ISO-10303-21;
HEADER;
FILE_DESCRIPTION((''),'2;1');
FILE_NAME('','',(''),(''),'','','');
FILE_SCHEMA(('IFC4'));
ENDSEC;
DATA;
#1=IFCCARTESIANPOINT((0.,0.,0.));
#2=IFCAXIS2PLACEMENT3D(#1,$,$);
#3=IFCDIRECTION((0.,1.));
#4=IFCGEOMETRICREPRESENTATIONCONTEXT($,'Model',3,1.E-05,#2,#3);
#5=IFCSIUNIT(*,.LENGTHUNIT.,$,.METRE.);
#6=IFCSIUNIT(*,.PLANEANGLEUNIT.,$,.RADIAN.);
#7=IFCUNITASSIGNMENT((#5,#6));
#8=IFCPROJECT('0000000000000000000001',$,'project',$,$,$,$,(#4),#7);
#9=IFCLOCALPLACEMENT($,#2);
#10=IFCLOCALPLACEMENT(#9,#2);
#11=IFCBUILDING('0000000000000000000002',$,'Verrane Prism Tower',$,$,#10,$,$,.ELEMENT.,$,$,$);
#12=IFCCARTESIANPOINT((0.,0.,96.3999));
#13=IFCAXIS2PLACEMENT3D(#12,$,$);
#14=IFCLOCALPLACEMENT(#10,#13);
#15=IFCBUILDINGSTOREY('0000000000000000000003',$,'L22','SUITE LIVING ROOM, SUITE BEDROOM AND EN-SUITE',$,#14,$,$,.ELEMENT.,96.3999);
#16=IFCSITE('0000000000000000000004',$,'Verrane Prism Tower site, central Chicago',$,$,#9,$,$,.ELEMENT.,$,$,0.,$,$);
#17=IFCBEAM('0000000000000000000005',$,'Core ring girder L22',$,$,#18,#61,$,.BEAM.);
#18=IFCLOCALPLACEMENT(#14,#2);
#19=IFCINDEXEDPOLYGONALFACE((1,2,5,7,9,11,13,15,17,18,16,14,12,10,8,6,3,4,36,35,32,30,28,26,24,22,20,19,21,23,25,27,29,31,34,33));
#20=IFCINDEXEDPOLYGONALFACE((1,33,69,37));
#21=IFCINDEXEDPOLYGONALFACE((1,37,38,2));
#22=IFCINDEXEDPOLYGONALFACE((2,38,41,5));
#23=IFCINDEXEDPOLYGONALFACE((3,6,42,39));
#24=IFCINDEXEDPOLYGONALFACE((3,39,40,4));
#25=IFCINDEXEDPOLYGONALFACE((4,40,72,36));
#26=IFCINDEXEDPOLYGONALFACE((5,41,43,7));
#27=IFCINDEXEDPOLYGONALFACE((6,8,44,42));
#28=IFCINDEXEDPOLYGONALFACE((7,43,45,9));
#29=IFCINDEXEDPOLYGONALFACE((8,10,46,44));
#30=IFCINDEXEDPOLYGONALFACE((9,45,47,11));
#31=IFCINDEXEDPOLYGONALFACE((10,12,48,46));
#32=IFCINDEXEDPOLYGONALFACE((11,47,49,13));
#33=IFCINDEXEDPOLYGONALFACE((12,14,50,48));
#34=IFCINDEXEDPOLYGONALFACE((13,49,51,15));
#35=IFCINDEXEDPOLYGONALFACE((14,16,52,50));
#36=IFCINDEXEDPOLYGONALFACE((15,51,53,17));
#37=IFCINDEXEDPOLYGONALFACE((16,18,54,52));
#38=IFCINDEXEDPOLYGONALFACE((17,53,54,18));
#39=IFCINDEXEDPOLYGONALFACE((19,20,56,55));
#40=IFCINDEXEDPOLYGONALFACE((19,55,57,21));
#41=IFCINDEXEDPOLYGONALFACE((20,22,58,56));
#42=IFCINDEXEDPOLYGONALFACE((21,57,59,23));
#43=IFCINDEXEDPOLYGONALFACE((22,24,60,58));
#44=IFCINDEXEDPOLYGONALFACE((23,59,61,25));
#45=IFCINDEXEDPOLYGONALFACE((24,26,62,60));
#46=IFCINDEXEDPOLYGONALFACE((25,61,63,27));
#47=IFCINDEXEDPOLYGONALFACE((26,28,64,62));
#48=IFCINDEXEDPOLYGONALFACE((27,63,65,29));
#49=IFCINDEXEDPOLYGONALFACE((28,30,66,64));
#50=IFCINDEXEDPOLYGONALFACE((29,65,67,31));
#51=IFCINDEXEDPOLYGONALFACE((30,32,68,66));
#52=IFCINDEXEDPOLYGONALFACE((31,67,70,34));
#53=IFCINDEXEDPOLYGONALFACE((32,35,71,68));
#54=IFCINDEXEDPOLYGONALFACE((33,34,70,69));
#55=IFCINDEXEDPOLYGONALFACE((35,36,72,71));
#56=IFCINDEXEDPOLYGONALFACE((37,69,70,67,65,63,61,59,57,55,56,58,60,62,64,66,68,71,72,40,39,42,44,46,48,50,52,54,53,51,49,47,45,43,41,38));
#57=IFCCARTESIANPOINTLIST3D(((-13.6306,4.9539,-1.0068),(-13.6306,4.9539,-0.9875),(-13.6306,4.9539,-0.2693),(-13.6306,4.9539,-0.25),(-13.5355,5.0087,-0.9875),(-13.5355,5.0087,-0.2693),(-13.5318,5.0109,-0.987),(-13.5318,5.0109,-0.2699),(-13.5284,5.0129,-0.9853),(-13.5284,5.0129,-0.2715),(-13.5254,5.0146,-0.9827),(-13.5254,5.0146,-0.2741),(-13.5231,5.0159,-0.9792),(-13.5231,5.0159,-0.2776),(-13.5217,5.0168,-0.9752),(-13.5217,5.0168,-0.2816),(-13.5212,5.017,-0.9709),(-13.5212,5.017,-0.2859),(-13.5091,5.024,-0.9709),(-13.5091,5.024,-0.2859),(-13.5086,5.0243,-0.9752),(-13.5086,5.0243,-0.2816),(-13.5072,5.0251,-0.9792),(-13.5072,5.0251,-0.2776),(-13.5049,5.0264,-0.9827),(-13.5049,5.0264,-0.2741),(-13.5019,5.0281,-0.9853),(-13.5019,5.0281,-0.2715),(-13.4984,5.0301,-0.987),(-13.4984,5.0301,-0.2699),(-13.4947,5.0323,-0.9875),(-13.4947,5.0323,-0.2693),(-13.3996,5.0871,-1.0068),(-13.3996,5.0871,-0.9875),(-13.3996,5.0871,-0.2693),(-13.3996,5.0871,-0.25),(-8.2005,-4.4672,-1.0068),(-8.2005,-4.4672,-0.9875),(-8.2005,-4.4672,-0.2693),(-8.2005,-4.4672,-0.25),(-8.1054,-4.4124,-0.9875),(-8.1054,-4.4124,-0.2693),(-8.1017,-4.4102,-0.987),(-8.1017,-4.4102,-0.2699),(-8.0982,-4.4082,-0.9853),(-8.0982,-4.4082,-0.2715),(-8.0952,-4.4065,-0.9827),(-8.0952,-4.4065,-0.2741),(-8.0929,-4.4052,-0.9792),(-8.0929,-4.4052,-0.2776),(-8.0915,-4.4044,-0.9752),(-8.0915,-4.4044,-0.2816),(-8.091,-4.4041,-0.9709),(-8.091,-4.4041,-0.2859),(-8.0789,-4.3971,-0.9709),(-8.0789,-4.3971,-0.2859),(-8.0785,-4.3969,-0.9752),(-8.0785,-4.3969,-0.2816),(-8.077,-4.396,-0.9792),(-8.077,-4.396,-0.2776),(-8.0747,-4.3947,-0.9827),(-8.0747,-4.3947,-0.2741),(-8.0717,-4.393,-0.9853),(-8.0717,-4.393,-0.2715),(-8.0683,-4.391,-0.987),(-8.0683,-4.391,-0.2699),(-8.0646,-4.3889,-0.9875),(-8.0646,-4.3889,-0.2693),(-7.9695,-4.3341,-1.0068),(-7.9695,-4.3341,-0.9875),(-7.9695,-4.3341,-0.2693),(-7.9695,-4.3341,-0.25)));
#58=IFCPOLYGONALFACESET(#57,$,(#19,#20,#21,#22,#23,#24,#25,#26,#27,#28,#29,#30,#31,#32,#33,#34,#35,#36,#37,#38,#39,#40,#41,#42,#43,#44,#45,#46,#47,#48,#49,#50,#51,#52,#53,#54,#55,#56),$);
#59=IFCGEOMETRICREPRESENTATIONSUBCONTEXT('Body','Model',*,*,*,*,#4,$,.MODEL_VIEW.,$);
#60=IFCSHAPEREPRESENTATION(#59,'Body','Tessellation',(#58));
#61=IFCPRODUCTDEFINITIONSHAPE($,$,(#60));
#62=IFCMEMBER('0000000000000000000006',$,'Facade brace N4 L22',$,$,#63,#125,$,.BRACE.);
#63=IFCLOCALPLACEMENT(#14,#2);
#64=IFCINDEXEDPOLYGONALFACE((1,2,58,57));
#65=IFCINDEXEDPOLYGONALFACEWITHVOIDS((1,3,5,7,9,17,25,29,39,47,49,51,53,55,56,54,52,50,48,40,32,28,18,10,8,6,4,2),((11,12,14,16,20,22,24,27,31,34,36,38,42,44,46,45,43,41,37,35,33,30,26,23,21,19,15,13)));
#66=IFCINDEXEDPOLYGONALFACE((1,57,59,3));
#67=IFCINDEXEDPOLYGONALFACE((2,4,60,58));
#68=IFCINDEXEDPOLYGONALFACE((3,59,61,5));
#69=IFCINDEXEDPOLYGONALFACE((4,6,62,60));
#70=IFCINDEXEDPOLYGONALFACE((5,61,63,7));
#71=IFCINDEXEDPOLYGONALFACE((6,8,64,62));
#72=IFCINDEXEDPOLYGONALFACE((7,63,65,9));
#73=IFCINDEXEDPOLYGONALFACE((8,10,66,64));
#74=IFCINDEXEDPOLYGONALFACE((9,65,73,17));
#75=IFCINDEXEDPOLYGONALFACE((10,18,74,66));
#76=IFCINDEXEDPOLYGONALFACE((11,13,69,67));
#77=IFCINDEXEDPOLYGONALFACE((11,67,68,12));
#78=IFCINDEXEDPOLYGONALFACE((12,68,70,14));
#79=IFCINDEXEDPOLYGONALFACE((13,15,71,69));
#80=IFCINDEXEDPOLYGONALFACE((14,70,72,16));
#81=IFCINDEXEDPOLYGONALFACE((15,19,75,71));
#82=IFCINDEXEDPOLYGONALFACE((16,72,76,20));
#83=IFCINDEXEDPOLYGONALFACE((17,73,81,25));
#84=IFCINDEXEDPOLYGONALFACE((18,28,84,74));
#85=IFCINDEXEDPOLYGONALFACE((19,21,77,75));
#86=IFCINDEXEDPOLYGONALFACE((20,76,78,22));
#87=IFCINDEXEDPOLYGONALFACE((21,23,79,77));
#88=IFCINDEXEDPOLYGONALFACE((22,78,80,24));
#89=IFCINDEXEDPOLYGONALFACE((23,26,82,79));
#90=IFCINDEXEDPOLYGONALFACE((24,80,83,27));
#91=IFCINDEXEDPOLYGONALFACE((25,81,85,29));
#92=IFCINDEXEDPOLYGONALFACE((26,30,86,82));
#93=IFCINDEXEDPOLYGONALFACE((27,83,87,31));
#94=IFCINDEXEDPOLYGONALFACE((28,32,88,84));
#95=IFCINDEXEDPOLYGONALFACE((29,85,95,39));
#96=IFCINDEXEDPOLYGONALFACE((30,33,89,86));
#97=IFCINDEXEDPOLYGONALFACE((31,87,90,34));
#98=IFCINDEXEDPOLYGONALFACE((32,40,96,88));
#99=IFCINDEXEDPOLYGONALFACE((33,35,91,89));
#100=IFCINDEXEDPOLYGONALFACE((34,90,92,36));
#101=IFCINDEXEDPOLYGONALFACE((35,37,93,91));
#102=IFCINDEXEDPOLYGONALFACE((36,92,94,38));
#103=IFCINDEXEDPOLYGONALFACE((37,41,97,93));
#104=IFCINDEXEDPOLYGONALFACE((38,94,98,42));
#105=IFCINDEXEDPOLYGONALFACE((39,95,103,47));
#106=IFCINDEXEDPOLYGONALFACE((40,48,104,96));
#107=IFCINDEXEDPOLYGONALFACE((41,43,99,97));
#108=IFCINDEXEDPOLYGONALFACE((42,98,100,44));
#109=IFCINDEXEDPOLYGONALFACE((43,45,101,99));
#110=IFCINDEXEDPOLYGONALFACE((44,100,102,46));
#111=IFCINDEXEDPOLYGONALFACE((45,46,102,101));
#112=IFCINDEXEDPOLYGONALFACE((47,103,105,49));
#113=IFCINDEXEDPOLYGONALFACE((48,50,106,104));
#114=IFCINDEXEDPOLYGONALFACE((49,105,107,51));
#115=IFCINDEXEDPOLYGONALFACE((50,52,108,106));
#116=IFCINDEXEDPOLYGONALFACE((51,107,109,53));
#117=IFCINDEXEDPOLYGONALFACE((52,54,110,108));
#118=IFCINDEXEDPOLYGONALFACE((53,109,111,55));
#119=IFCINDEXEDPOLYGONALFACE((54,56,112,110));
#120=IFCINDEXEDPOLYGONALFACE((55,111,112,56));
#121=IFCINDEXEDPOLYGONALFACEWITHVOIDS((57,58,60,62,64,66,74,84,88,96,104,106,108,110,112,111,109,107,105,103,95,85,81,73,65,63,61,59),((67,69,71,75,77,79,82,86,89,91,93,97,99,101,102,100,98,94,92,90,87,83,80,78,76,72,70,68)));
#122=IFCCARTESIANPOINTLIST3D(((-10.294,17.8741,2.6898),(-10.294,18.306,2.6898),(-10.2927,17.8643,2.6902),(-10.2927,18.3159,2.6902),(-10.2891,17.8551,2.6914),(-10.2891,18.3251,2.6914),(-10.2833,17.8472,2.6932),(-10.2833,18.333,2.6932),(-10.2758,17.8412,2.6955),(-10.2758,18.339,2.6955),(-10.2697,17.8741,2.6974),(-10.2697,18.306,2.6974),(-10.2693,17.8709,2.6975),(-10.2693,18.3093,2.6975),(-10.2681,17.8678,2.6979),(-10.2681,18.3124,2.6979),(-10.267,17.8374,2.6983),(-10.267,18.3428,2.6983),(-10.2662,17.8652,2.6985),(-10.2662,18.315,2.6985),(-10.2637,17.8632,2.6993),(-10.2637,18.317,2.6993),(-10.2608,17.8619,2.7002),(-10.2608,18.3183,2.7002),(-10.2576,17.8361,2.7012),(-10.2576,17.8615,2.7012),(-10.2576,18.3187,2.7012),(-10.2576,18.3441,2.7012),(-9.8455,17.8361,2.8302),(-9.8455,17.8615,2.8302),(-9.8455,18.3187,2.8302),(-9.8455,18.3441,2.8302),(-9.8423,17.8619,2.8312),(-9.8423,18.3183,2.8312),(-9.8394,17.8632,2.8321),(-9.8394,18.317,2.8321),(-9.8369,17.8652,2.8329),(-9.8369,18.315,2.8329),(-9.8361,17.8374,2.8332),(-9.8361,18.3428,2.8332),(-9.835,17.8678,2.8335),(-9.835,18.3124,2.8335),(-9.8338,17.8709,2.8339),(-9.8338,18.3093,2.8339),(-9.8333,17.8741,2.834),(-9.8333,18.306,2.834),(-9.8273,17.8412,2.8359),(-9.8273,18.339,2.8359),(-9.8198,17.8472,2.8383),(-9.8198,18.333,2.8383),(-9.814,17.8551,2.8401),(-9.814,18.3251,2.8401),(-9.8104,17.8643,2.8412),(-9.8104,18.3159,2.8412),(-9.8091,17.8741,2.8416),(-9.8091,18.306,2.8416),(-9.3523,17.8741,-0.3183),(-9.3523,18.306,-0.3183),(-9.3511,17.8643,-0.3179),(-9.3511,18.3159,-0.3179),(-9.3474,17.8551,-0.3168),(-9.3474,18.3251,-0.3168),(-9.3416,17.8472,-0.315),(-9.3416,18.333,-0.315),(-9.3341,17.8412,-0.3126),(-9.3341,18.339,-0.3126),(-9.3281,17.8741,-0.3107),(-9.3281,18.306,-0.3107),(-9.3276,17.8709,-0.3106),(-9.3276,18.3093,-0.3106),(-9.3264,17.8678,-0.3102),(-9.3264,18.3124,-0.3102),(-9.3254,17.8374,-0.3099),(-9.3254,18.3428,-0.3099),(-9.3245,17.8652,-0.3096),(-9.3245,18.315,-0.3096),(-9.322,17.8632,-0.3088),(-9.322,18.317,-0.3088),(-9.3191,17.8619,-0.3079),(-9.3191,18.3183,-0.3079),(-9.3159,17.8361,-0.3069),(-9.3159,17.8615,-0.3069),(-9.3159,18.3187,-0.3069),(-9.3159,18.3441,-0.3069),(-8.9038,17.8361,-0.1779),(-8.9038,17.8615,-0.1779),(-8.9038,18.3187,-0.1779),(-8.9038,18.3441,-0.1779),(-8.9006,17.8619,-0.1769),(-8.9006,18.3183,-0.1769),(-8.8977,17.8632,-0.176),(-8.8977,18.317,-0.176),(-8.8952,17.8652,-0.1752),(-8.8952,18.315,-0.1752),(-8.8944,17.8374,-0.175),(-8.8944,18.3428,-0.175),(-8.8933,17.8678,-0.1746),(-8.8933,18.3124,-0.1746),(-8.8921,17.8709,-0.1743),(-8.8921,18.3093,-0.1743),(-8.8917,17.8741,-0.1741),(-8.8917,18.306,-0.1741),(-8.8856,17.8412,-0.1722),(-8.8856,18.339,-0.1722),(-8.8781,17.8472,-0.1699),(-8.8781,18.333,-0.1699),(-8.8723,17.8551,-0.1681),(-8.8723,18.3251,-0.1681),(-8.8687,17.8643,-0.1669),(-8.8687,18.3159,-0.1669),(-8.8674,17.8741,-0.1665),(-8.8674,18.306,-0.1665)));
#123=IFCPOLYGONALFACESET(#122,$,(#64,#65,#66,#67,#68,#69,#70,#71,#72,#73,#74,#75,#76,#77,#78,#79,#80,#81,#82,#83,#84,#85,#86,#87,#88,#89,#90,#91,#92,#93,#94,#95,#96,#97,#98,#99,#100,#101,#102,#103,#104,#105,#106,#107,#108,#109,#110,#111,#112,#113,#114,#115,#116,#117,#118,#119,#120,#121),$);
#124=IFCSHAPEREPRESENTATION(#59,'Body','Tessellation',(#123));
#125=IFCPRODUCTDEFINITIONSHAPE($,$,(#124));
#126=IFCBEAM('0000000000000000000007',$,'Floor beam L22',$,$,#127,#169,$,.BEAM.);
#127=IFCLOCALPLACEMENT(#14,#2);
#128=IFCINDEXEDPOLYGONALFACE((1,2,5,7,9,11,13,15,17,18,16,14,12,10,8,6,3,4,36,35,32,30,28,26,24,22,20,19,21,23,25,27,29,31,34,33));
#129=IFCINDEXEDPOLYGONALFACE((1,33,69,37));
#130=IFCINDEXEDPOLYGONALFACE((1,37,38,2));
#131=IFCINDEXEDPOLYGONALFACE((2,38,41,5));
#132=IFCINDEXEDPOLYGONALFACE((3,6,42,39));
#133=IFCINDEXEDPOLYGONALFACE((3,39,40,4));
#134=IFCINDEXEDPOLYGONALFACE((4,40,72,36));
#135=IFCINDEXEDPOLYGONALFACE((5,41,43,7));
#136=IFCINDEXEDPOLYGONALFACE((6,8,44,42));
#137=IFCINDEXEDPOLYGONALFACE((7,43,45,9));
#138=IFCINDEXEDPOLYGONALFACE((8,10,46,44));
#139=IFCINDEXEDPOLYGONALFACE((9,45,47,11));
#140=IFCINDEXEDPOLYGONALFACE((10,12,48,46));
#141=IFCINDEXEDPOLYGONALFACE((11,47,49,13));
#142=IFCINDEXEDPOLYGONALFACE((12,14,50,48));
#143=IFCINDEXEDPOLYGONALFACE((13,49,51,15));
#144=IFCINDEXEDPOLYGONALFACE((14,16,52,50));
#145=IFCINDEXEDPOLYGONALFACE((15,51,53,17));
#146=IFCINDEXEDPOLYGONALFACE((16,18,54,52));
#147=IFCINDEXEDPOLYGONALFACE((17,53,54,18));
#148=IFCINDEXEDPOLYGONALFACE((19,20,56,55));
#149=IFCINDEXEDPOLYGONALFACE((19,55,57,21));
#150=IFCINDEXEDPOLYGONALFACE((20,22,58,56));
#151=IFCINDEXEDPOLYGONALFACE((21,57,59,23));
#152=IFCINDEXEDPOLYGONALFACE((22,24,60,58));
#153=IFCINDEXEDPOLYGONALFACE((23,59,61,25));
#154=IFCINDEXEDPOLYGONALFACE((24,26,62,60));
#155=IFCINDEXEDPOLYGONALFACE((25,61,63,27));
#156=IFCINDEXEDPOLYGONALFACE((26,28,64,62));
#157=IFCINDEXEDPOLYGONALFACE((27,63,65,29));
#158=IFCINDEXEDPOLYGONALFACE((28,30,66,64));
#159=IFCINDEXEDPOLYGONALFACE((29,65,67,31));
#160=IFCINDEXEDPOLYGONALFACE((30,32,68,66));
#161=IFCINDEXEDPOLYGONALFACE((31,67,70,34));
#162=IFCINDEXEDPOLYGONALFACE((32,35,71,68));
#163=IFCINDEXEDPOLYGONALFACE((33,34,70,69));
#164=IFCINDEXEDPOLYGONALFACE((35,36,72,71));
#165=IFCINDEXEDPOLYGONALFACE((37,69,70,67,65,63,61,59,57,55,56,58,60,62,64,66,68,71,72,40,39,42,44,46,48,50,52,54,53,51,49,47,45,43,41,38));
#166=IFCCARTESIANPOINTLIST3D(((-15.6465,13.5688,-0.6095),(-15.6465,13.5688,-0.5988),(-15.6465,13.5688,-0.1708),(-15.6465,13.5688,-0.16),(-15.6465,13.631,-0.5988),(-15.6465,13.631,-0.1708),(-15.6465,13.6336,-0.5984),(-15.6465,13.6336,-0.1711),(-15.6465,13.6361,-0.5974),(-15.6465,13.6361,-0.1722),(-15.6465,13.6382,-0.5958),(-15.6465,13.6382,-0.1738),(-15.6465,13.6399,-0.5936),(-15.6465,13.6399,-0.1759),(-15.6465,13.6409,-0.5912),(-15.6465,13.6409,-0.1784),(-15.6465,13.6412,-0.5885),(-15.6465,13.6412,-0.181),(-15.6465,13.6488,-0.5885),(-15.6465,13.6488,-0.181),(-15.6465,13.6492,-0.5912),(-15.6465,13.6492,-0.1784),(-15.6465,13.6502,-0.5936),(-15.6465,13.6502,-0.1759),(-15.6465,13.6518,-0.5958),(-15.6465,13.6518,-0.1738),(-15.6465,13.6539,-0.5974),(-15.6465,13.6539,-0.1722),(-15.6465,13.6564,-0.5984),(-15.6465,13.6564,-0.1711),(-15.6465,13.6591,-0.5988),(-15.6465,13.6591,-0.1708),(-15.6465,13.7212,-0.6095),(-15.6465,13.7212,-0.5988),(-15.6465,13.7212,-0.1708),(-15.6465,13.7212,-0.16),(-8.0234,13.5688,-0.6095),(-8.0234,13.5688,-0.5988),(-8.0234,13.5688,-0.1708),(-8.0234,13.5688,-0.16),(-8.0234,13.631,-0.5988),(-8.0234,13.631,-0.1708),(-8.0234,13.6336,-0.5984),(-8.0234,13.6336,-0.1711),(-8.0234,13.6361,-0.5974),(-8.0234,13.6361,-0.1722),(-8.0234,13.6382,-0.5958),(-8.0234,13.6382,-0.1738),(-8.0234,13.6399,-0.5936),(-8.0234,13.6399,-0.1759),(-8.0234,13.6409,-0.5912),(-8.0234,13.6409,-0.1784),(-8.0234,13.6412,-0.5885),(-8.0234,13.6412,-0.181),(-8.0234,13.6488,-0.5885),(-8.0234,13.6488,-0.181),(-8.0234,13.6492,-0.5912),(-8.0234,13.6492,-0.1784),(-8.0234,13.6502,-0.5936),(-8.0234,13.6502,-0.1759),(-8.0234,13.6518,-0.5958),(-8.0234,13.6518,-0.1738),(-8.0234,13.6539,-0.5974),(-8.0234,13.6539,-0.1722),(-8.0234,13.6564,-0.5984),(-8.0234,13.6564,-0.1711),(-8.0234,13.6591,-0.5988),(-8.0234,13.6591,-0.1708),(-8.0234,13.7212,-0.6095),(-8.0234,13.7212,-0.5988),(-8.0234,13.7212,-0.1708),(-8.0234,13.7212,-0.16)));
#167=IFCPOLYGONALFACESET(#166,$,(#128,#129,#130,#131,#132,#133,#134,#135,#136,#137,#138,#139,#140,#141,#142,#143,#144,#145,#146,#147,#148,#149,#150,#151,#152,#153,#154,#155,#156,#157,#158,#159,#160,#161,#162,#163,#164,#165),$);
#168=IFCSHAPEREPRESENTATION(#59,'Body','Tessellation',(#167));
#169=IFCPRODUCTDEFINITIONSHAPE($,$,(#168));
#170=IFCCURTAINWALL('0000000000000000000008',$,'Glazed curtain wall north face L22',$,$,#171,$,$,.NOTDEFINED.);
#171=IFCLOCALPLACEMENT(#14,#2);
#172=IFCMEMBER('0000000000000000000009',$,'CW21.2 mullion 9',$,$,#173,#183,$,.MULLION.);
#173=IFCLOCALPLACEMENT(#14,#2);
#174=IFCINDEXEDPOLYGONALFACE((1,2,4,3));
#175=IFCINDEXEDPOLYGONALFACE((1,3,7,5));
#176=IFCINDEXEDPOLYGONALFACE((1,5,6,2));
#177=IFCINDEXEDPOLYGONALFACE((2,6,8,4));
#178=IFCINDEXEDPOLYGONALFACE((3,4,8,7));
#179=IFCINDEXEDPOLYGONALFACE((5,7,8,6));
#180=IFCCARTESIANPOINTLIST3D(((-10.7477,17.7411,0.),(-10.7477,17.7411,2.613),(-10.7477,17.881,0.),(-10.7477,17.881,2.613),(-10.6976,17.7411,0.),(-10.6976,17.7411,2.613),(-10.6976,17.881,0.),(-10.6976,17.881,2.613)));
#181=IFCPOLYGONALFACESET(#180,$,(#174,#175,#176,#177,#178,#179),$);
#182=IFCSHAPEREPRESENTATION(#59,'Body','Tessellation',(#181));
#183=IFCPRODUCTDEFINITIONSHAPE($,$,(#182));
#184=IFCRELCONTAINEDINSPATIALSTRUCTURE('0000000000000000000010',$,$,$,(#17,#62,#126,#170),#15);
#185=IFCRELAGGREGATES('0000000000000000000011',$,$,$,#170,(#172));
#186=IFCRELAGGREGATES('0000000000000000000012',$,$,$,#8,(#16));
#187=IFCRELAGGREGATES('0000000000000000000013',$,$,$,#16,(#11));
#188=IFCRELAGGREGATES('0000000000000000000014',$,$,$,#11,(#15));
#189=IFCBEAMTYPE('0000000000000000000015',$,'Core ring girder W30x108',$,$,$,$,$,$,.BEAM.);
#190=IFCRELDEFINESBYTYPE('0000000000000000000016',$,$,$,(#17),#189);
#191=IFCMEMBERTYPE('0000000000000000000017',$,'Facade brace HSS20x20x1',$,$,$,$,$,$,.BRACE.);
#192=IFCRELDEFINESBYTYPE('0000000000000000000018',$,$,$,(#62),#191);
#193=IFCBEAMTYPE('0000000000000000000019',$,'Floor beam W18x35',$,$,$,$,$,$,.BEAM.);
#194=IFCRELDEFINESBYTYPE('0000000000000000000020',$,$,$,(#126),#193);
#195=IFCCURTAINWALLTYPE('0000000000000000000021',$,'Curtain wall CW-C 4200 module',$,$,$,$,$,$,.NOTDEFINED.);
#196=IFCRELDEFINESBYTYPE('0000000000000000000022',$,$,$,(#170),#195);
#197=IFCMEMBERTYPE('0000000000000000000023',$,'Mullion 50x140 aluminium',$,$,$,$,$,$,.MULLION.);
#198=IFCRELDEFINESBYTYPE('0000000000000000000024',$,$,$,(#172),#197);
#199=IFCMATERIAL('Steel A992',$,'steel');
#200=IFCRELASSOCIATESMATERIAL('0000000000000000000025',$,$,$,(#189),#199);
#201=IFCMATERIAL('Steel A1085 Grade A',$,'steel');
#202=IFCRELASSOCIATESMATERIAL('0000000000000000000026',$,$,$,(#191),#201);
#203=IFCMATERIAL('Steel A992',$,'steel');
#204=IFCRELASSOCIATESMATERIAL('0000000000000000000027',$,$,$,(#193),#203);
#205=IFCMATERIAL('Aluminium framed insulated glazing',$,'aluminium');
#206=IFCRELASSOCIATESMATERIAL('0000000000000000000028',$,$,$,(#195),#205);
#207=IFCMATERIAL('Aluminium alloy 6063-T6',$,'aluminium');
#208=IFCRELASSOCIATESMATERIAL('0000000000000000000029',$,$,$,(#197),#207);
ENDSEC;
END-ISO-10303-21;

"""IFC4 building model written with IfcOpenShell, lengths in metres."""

from ifc_helpers import new_model, si_unit, direction, frame, origin, origin_2d, place, context, subcontext, project, spatial, rectangle, hollow_rectangle, i_section, extrude, material, material_profile, profile_set, type_object, element, aggregate, save


model = new_model("IFC4")

# Units and contexts
model_context = context("Model", 3, precision=1e-05, world=origin(), true_north=direction((0.0, 1.0)))
body_context = subcontext(model_context, "Body", "Model", "MODEL_VIEW")
ifc_project = project(units=[si_unit("LENGTHUNIT", "METRE"), si_unit("PLANEANGLEUNIT", "RADIAN")], contexts=[model_context])

# Site, building, storey
site_placement = place(None, origin())
site = spatial("IfcSite", under=ifc_project, at=site_placement, Name="Verrane Prism Tower site, central Chicago", CompositionType="ELEMENT", RefElevation=0.0)
building_placement = place(site_placement, origin())
building = spatial("IfcBuilding", under=site, at=building_placement, Name="Verrane Prism Tower", CompositionType="ELEMENT")
storey_placement = place(building_placement, frame((0.0, 0.0, 96.3999)))
storey = spatial("IfcBuildingStorey", under=building, at=storey_placement, Name="L22", Description="SUITE LIVING ROOM, SUITE BEDROOM AND EN-SUITE", CompositionType="ELEMENT", Elevation=96.3999)

# Beam
ifc_material_1 = material(Name="Steel A992", Category="steel")
ifc_material_profile_1 = material_profile(ifc_material_1, i_section(OverallWidth=0.2666, OverallDepth=0.7568, WebThickness=0.0139, FlangeThickness=0.0193, FilletRadius=0.0166, at=origin_2d()), Name="W30x108")
ifc_profile_set_1 = profile_set([ifc_material_profile_1], Name="Steel A992")
beam_type_1 = type_object("IfcBeamType", Name="Core ring girder W30x108", PredefinedType="BEAM", material=ifc_profile_set_1)
beam_1_placement = place(storey_placement, frame((-13.5151, 5.0205, -0.6284), z_axis=(0.499371, -0.866388, 0.0), x_axis=(0.866388, 0.499371, 0.0)))
element("IfcBeam", 1, at=beam_1_placement, inside=storey, type_object=beam_type_1, Name="Core ring girder L22", PredefinedType="BEAM", context=body_context, shape_type="SweptSolid", body=[
    extrude(i_section(OverallWidth=0.2666, OverallDepth=0.7568, WebThickness=0.0139, FlangeThickness=0.0193, FilletRadius=0.0166, at=origin_2d()), origin(), (0.0, 0.0, 1.0), 10.874),
])

# Member
ifc_material_2 = material(Name="Steel A1085 Grade A", Category="steel")
ifc_material_profile_2 = material_profile(ifc_material_2, hollow_rectangle(XDim=0.5081, YDim=0.5081, WallThickness=0.0254, InnerFilletRadius=0.0127, OuterFilletRadius=0.0381, at=origin_2d()), Name="HSS20x20x1")
ifc_profile_set_2 = profile_set([ifc_material_profile_2], Name="Steel A1085 Grade A")
member_type_1 = type_object("IfcMemberType", Name="Facade brace HSS20x20x1", PredefinedType="BRACE", material=ifc_profile_set_2)
member_1_placement = place(storey_placement, frame((-9.1099, 18.0901, -0.2424), z_axis=(-0.298747, 0.0, 0.954332), x_axis=(0.0, -1.0, 0.0)))
element("IfcMember", 2, at=member_1_placement, inside=storey, type_object=member_type_1, Name="Facade brace N4 L22", PredefinedType="BRACE", context=body_context, shape_type="SweptSolid", body=[
    extrude(hollow_rectangle(XDim=0.5081, YDim=0.5081, WallThickness=0.0254, InnerFilletRadius=0.0127, OuterFilletRadius=0.0381, at=origin_2d()), origin(), (0.0, 0.0, 1.0), 3.1521),
])

# Beam
ifc_material_3 = material(Name="Steel A992", Category="steel")
ifc_material_profile_3 = material_profile(ifc_material_3, i_section(OverallWidth=0.1523, OverallDepth=0.4495, WebThickness=0.0076, FlangeThickness=0.0107, FilletRadius=0.0103, at=origin_2d()), Name="W18x35")
ifc_profile_set_3 = profile_set([ifc_material_profile_3], Name="Steel A992")
beam_type_2 = type_object("IfcBeamType", Name="Floor beam W18x35", PredefinedType="BEAM", material=ifc_profile_set_3)
beam_2_placement = place(storey_placement, frame((-15.6465, 13.645, -0.3848), z_axis=(1.0, 0.0, 0.0), x_axis=(0.0, 1.0, 0.0)))
element("IfcBeam", 3, at=beam_2_placement, inside=storey, type_object=beam_type_2, Name="Floor beam L22", PredefinedType="BEAM", context=body_context, shape_type="SweptSolid", body=[
    extrude(i_section(OverallWidth=0.1523, OverallDepth=0.4495, WebThickness=0.0076, FlangeThickness=0.0107, FilletRadius=0.0103, at=origin_2d()), origin(), (0.0, 0.0, 1.0), 7.623),
])

# Curtain wall, member
ifc_material_4 = material(Name="Aluminium framed insulated glazing", Category="aluminium")
curtain_wall_type = type_object("IfcCurtainWallType", Name="Curtain wall CW-C 4200 module", PredefinedType="NOTDEFINED", material=ifc_material_4)
curtain_wall_placement = place(storey_placement, origin())
curtain_wall = element("IfcCurtainWall", 4, at=curtain_wall_placement, inside=storey, type_object=curtain_wall_type, Name="Glazed curtain wall north face L22", PredefinedType="NOTDEFINED")
ifc_material_5 = material(Name="Aluminium alloy 6063-T6", Category="aluminium")
ifc_material_profile_4 = material_profile(ifc_material_5, rectangle(XDim=0.1399, YDim=0.05, at=origin_2d()), Name="Mullion 50x140 aluminium")
ifc_profile_set_4 = profile_set([ifc_material_profile_4], Name="Aluminium alloy 6063-T6")
member_type_2 = type_object("IfcMemberType", Name="Mullion 50x140 aluminium", PredefinedType="MULLION", material=ifc_profile_set_4)
member_2_placement = place(storey_placement, frame((-10.7227, 17.811, 0.0), z_axis=(0.0, 0.0, 1.0), x_axis=(0.0, -1.0, 0.0)))
member_2 = element("IfcMember", 5, at=member_2_placement, type_object=member_type_2, Name="CW21.2 mullion 9", PredefinedType="MULLION", context=body_context, shape_type="SweptSolid", body=[
    extrude(rectangle(XDim=0.1399, YDim=0.05, at=origin_2d()), origin(), (0.0, 0.0, 1.0), 2.613),
])

aggregate(curtain_wall, [member_2])

save(model, "model.ifc")
